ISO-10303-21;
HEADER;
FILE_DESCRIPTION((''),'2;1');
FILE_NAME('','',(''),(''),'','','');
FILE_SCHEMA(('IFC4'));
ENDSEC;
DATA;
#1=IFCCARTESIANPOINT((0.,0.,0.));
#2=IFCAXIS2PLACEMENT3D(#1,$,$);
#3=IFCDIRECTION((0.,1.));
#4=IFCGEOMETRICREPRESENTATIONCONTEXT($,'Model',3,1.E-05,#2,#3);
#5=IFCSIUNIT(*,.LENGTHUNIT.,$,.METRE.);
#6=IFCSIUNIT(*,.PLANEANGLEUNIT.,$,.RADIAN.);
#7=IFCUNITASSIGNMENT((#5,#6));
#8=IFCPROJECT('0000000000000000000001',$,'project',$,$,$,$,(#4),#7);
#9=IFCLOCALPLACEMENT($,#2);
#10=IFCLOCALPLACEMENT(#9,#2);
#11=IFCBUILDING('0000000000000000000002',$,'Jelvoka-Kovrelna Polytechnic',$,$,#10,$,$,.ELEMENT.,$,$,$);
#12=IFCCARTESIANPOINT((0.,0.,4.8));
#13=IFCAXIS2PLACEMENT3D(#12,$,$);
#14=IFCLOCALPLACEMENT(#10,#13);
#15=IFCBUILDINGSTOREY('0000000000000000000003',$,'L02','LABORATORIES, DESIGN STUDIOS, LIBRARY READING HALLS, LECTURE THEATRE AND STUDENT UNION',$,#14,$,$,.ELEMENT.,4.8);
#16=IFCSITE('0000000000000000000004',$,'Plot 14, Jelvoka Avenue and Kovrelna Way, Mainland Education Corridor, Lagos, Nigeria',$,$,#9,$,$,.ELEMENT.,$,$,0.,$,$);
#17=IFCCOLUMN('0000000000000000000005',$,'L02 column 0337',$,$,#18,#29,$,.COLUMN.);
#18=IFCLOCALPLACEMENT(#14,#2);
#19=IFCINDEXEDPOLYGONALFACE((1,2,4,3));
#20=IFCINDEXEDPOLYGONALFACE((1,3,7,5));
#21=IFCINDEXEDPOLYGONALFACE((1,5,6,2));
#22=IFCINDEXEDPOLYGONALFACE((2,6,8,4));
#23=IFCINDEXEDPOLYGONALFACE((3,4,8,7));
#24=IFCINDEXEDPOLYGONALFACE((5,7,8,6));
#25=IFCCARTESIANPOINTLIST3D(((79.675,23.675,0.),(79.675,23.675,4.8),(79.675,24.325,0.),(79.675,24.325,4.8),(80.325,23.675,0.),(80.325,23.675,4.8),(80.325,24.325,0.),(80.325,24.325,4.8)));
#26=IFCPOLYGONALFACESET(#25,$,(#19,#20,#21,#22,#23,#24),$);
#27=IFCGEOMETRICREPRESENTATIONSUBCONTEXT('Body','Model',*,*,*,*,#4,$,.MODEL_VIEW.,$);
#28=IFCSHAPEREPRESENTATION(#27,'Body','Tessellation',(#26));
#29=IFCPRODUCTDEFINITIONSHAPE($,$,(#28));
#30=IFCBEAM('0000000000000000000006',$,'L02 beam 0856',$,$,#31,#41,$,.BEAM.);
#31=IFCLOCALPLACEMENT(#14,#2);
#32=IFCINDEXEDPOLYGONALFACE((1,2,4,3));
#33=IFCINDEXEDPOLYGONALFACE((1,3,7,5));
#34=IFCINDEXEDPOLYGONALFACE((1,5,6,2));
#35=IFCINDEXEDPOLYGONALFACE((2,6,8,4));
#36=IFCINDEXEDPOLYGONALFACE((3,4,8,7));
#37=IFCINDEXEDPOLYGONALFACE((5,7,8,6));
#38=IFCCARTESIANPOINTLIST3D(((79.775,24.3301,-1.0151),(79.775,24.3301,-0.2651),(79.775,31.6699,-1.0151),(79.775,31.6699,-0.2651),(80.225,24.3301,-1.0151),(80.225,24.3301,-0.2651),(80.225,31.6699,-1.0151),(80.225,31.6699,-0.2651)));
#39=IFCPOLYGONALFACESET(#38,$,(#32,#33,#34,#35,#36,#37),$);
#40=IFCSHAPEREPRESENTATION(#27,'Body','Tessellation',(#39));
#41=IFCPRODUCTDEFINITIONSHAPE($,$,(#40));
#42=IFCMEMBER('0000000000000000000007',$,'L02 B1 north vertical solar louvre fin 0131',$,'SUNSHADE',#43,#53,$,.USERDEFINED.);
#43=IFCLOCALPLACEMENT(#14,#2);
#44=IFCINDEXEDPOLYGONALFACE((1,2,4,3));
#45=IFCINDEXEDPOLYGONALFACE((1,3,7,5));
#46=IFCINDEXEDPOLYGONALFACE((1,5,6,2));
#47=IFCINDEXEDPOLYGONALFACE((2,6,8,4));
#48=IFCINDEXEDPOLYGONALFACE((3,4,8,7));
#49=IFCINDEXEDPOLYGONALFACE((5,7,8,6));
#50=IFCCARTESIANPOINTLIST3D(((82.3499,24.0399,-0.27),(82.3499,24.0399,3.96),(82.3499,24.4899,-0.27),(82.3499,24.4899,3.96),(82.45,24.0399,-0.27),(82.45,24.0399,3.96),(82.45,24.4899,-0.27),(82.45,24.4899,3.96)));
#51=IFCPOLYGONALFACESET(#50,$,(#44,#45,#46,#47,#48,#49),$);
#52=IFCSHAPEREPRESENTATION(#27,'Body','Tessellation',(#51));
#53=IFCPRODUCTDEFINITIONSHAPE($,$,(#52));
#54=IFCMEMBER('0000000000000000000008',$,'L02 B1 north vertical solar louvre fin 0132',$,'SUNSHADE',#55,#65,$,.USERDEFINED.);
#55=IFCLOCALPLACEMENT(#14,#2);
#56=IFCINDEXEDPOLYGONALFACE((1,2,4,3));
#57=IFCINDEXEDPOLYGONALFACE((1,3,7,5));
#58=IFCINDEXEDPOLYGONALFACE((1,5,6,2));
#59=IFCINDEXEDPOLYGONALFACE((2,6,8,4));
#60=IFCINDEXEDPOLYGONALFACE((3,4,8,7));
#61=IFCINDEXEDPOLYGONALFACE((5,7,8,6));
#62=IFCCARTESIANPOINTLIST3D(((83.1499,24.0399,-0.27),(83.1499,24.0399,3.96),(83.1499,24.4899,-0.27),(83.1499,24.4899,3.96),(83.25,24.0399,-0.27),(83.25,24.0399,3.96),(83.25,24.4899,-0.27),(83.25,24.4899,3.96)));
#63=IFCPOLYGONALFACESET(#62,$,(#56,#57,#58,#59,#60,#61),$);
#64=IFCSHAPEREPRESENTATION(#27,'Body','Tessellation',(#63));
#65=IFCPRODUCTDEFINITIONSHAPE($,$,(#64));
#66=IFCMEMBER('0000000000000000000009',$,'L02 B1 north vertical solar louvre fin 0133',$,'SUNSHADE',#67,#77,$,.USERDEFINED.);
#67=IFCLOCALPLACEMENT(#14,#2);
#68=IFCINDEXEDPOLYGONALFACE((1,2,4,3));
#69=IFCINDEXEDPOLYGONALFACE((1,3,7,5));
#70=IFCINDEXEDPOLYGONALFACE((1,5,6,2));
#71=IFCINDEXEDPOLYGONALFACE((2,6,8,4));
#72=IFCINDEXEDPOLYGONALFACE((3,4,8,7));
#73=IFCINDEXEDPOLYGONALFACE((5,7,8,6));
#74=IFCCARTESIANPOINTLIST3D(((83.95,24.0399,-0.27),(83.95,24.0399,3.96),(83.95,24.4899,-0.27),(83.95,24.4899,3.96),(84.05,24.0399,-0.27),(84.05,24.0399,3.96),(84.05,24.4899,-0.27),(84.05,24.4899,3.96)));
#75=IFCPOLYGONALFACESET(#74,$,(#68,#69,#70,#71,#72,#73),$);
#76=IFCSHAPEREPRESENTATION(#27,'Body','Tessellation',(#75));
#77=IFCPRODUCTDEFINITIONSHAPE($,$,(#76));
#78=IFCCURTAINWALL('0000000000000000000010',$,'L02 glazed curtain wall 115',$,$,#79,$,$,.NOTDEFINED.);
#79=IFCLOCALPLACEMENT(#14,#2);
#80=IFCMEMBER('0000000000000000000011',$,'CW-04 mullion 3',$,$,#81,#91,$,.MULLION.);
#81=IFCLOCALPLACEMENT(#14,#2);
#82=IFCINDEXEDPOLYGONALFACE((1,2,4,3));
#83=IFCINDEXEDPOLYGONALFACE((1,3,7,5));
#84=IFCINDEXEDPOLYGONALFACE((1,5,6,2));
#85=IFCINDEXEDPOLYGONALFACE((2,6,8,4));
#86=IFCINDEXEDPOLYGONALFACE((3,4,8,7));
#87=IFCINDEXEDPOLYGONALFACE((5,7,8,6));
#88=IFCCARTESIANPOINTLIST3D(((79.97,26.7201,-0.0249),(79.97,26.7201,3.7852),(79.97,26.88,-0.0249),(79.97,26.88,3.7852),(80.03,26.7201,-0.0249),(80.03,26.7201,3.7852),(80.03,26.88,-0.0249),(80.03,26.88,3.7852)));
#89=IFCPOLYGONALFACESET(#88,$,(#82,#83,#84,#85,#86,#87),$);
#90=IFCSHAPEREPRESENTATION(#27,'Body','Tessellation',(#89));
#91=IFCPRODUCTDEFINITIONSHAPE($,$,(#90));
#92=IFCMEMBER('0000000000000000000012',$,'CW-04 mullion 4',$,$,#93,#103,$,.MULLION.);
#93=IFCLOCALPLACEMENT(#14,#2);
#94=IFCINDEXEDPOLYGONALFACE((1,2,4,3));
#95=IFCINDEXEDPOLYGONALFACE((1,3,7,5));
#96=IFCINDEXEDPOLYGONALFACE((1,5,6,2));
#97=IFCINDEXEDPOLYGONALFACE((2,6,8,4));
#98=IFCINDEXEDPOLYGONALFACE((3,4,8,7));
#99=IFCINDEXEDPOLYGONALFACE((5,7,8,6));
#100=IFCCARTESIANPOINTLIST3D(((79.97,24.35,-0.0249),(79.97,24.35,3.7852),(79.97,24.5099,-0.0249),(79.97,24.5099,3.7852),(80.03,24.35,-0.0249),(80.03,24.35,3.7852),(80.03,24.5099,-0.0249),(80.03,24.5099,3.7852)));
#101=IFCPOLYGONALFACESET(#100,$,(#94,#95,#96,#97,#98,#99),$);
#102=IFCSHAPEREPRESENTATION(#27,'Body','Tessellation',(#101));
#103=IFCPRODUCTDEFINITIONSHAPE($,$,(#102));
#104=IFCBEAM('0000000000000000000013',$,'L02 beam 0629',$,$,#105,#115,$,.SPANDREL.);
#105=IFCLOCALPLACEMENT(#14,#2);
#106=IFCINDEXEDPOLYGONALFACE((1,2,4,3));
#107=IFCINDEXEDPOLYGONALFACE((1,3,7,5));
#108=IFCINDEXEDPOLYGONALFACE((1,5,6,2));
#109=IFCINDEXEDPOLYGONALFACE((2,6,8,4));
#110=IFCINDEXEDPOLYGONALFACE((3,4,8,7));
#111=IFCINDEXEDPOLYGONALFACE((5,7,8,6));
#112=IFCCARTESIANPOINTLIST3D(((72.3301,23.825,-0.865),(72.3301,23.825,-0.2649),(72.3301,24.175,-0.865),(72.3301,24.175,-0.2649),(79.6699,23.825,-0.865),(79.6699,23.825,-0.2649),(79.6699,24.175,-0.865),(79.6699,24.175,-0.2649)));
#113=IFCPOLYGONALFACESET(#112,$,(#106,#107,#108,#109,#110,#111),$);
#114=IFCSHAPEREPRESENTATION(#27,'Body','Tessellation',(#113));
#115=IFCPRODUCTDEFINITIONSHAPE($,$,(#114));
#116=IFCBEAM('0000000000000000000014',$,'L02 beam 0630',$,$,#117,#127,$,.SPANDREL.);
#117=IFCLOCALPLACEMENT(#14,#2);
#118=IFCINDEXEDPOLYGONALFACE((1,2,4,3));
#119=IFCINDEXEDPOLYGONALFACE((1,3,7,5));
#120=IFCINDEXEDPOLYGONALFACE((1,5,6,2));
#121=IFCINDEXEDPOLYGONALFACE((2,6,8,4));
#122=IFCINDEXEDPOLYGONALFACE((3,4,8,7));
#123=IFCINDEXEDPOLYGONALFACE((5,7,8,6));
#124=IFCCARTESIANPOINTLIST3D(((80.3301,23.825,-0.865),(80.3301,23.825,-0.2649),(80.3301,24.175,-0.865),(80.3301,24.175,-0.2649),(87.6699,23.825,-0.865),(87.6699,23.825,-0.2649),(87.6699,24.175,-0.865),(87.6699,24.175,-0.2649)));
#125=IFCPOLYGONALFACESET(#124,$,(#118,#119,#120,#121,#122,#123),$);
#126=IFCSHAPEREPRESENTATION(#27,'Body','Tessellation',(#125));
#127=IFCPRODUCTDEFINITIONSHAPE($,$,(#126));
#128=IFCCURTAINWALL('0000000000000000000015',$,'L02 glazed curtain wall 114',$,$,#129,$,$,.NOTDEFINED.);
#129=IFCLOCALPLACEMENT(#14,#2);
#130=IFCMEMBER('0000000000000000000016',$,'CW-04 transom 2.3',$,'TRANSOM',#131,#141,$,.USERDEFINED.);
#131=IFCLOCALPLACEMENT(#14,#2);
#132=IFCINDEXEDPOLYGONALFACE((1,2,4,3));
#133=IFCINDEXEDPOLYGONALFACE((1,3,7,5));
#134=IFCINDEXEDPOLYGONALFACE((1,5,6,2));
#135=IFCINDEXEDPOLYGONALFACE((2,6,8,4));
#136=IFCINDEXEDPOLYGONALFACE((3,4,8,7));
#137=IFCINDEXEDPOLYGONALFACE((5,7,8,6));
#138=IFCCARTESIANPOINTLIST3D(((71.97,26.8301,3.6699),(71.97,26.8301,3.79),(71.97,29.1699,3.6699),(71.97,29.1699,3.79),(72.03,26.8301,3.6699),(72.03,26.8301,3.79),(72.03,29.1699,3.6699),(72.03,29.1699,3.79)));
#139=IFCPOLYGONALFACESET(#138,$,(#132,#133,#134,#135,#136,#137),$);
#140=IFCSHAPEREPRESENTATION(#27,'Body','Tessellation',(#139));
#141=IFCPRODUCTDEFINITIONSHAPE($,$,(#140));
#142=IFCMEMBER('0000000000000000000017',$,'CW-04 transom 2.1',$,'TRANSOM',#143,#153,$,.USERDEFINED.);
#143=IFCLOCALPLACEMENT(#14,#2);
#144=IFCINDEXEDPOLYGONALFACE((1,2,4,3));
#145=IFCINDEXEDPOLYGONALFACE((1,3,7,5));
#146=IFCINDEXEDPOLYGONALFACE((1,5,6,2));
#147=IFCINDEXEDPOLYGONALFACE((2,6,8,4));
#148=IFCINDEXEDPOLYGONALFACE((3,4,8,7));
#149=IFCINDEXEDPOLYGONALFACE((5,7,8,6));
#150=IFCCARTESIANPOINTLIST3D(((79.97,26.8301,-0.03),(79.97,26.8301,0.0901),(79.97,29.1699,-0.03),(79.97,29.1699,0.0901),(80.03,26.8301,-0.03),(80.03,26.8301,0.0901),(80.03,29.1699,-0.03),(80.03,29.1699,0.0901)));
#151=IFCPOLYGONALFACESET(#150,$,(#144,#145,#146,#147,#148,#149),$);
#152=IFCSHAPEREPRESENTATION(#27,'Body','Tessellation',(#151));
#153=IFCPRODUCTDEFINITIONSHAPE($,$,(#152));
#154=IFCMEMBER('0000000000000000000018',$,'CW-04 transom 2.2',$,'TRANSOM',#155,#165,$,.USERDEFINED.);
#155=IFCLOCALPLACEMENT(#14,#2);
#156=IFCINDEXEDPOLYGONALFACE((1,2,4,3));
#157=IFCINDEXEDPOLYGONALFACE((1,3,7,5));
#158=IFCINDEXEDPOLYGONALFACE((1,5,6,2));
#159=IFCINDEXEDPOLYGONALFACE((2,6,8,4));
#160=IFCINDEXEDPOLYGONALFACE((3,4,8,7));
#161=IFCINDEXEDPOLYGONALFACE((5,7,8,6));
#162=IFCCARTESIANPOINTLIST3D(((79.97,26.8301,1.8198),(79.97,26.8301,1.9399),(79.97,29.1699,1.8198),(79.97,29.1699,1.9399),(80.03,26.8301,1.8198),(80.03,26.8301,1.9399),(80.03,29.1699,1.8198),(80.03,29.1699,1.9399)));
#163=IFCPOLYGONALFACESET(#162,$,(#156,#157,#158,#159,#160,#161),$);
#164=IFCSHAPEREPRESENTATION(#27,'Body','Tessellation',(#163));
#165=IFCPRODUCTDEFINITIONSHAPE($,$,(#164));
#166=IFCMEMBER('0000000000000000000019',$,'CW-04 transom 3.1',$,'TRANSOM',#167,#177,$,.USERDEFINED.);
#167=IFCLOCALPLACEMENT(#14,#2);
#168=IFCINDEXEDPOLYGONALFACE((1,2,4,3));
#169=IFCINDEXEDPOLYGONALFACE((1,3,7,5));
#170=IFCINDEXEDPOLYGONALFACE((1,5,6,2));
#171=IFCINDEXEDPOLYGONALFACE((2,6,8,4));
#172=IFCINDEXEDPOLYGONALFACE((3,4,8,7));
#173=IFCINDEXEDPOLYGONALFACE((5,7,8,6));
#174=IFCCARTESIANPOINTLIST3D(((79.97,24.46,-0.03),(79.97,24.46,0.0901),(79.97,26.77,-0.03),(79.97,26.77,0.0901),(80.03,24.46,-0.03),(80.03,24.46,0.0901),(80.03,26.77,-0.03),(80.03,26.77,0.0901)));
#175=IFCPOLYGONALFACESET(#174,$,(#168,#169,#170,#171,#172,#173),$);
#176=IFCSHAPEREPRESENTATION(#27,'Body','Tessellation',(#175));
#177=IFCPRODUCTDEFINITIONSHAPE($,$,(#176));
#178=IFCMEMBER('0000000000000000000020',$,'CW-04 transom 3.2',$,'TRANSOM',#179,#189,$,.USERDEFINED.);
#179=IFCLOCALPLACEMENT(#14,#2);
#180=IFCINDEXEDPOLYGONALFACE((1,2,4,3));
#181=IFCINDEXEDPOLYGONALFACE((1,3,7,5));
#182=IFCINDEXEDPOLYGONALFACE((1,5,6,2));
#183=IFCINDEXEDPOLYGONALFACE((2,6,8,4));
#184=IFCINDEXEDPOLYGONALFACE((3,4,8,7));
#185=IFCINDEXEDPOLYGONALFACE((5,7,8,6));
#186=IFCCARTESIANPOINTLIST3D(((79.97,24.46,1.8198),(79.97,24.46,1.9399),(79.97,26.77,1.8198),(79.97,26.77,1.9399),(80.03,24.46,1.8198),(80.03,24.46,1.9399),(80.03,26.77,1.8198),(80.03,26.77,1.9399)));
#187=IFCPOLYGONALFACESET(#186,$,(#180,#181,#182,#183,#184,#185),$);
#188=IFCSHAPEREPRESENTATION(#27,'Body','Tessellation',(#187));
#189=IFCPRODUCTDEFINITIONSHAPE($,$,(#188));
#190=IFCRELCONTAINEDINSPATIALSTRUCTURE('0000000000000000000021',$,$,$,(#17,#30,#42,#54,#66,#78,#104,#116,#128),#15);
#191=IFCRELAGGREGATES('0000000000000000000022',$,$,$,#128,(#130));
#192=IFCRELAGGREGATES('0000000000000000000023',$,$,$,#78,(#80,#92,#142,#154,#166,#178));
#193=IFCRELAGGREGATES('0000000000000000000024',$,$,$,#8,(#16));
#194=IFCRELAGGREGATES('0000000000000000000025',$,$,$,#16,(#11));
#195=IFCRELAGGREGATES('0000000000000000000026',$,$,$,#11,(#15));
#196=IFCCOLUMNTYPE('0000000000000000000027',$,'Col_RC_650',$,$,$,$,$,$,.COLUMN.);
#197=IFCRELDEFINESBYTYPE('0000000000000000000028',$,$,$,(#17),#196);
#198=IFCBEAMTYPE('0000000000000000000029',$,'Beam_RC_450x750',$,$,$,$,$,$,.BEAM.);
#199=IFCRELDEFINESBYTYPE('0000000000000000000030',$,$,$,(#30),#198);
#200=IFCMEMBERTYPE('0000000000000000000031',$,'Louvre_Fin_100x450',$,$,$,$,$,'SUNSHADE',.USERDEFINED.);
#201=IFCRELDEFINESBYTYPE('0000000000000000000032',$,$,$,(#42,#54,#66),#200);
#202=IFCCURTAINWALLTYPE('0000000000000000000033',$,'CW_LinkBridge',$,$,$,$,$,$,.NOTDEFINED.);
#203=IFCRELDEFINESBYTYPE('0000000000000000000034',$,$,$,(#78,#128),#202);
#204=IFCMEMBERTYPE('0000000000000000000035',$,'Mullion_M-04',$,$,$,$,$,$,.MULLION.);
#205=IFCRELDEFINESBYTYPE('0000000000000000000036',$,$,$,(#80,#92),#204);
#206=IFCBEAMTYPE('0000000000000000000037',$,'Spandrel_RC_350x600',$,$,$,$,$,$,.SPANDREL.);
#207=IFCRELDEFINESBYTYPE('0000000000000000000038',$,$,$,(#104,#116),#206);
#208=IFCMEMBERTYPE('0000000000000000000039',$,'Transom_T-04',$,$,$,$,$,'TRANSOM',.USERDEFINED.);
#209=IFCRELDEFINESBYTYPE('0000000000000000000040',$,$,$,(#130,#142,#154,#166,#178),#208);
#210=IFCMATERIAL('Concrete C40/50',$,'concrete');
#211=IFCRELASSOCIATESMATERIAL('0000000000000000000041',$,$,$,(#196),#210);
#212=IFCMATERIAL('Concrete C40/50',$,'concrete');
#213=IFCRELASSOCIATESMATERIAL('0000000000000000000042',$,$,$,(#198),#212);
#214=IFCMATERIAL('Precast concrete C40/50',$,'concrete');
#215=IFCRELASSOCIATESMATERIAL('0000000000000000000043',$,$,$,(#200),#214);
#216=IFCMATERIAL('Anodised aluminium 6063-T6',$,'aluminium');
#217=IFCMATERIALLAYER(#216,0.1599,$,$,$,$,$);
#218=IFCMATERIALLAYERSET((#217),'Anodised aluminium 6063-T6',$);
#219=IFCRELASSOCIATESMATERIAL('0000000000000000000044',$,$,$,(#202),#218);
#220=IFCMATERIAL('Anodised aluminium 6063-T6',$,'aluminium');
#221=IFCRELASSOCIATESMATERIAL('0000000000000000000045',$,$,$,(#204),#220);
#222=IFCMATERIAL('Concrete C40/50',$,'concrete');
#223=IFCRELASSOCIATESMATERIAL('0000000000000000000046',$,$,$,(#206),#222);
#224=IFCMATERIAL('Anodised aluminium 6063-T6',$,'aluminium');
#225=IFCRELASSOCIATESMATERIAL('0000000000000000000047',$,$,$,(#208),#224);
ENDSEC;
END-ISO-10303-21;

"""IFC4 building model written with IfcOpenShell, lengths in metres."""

from ifc_helpers import new_model, si_unit, direction, frame, origin, origin_2d, place, context, subcontext, project, spatial, rectangle, extrude, material, layer, layer_set, material_profile, profile_set, type_object, element, aggregate, save


model = new_model("IFC4")

# Units and contexts
model_context = context("Model", 3, precision=1e-05, world=origin(), true_north=direction((0.0, 1.0)))
body_context = subcontext(model_context, "Body", "Model", "MODEL_VIEW")
ifc_project = project(units=[si_unit("LENGTHUNIT", "METRE"), si_unit("PLANEANGLEUNIT", "RADIAN")], contexts=[model_context])

# Site, building, storey
site_placement = place(None, origin())
site = spatial("IfcSite", under=ifc_project, at=site_placement, Name="Plot 14, Jelvoka Avenue and Kovrelna Way, Mainland Education Corridor, Lagos, Nigeria", CompositionType="ELEMENT", RefElevation=0.0)
building_placement = place(site_placement, origin())
building = spatial("IfcBuilding", under=site, at=building_placement, Name="Jelvoka-Kovrelna Polytechnic", CompositionType="ELEMENT")
storey_placement = place(building_placement, frame((0.0, 0.0, 4.8)))
storey = spatial("IfcBuildingStorey", under=building, at=storey_placement, Name="L02", Description="LABORATORIES, DESIGN STUDIOS, LIBRARY READING HALLS, LECTURE THEATRE AND STUDENT UNION", CompositionType="ELEMENT", Elevation=4.8)

# Column
ifc_material_1 = material(Name="Concrete C40/50", Category="concrete")
ifc_material_profile_1 = material_profile(ifc_material_1, rectangle(XDim=0.6499, YDim=0.6499, at=origin_2d()), Name="RC 650x650")
ifc_profile_set_1 = profile_set([ifc_material_profile_1], Name="Concrete C40/50")
column_type = type_object("IfcColumnType", Name="Col_RC_650", PredefinedType="COLUMN", material=ifc_profile_set_1)
column_placement = place(storey_placement, frame((80.0, 24.0, 0.0), z_axis=(0.0, 0.0, 1.0), x_axis=(1.0, 0.0, 0.0)))
element("IfcColumn", 1, at=column_placement, inside=storey, type_object=column_type, Name="L02 column 0337", PredefinedType="COLUMN", context=body_context, shape_type="SweptSolid", body=[
    extrude(rectangle(XDim=0.6499, YDim=0.6499, at=origin_2d()), origin(), (0.0, 0.0, 1.0), 4.8),
])

# Beam
ifc_material_2 = material(Name="Concrete C40/50", Category="concrete")
ifc_material_profile_2 = material_profile(ifc_material_2, rectangle(XDim=0.45, YDim=0.75, at=origin_2d()), Name="RC 450x750")
ifc_profile_set_2 = profile_set([ifc_material_profile_2], Name="Concrete C40/50")
beam_type_1 = type_object("IfcBeamType", Name="Beam_RC_450x750", PredefinedType="BEAM", material=ifc_profile_set_2)
beam_placement = place(storey_placement, frame((80.0, 24.3301, -0.6401), z_axis=(0.0, 1.0, 0.0), x_axis=(-1.0, 0.0, 0.0)))
element("IfcBeam", 2, at=beam_placement, inside=storey, type_object=beam_type_1, Name="L02 beam 0856", PredefinedType="BEAM", context=body_context, shape_type="SweptSolid", body=[
    extrude(rectangle(XDim=0.45, YDim=0.75, at=origin_2d()), origin(), (0.0, 0.0, 1.0), 7.3398),
])

# Members
ifc_material_3 = material(Name="Precast concrete C40/50", Category="concrete")
ifc_material_profile_3 = material_profile(ifc_material_3, rectangle(XDim=0.1001, YDim=0.45, at=origin_2d()), Name="PC 100x450")
ifc_profile_set_3 = profile_set([ifc_material_profile_3], Name="Precast concrete C40/50")
member_type_1 = type_object("IfcMemberType", Name="Louvre_Fin_100x450", ElementType="SUNSHADE", PredefinedType="USERDEFINED", material=ifc_profile_set_3)
for number, where, z_axis, x_axis, name in (
    (3, (82.3999, 24.2649, -0.27), (0.0, 0.0, 1.0), (1.0, 0.0, 0.0), "L02 B1 north vertical solar louvre fin 0131"),
    (4, (83.2, 24.2649, -0.27), (0.0, 0.0, 1.0), (1.0, 0.0, 0.0), "L02 B1 north vertical solar louvre fin 0132"),
    (5, (84.0, 24.2649, -0.27), (0.0, 0.0, 1.0), (1.0, 0.0, 0.0), "L02 B1 north vertical solar louvre fin 0133"),
):
    element("IfcMember", number, at=place(storey_placement, frame(where, z_axis=z_axis, x_axis=x_axis)), inside=storey, type_object=member_type_1, Name=name, ObjectType="SUNSHADE", PredefinedType="USERDEFINED", context=body_context, shape_type="SweptSolid", body=[
        extrude(rectangle(XDim=0.1001, YDim=0.45, at=origin_2d()), origin(), (0.0, 0.0, 1.0), 4.23),
    ])

# Curtain wall, members
ifc_material_4 = material(Name="Anodised aluminium 6063-T6", Category="aluminium")
ifc_layer_1 = layer(ifc_material_4, 0.1599)
ifc_layer_set_1 = layer_set([ifc_layer_1], Name="Anodised aluminium 6063-T6")
curtain_wall_type = type_object("IfcCurtainWallType", Name="CW_LinkBridge", PredefinedType="NOTDEFINED", material=ifc_layer_set_1)
curtain_wall_1_placement = place(storey_placement, origin())
curtain_wall_1 = element("IfcCurtainWall", 6, at=curtain_wall_1_placement, inside=storey, type_object=curtain_wall_type, Name="L02 glazed curtain wall 115", PredefinedType="NOTDEFINED")
ifc_material_5 = material(Name="Anodised aluminium 6063-T6", Category="aluminium")
ifc_material_profile_4 = material_profile(ifc_material_5, rectangle(XDim=0.0601, YDim=0.1599, at=origin_2d()), Name="ALU 60x160")
ifc_profile_set_4 = profile_set([ifc_material_profile_4], Name="Anodised aluminium 6063-T6")
member_type_2 = type_object("IfcMemberType", Name="Mullion_M-04", PredefinedType="MULLION", material=ifc_profile_set_4)
member_1_placement = place(storey_placement, frame((80.0, 26.8, -0.0249), z_axis=(0.0, 0.0, 1.0), x_axis=(1.0, 0.0, 0.0)))
member_1 = element("IfcMember", 7, at=member_1_placement, type_object=member_type_2, Name="CW-04 mullion 3", PredefinedType="MULLION", context=body_context, shape_type="SweptSolid", body=[
    extrude(rectangle(XDim=0.0601, YDim=0.1599, at=origin_2d()), origin(), (0.0, 0.0, 1.0), 3.8101),
])
member_2_placement = place(storey_placement, frame((80.0, 24.4299, -0.0249), z_axis=(0.0, 0.0, 1.0), x_axis=(1.0, 0.0, 0.0)))
member_2 = element("IfcMember", 8, at=member_2_placement, type_object=member_type_2, Name="CW-04 mullion 4", PredefinedType="MULLION", context=body_context, shape_type="SweptSolid", body=[
    extrude(rectangle(XDim=0.0601, YDim=0.1599, at=origin_2d()), origin(), (0.0, 0.0, 1.0), 3.8101),
])

# Beams
ifc_material_6 = material(Name="Concrete C40/50", Category="concrete")
ifc_material_profile_5 = material_profile(ifc_material_6, rectangle(XDim=0.3501, YDim=0.6001, at=origin_2d()), Name="RC 350x600")
ifc_profile_set_5 = profile_set([ifc_material_profile_5], Name="Concrete C40/50")
beam_type_2 = type_object("IfcBeamType", Name="Spandrel_RC_350x600", PredefinedType="SPANDREL", material=ifc_profile_set_5)
for number, where, z_axis, x_axis, name in (
    (9, (72.3301, 24.0, -0.5649), (1.0, 0.0, 0.0), (0.0, 1.0, 0.0), "L02 beam 0629"),
    (10, (80.3301, 24.0, -0.5649), (1.0, 0.0, 0.0), (0.0, 1.0, 0.0), "L02 beam 0630"),
):
    element("IfcBeam", number, at=place(storey_placement, frame(where, z_axis=z_axis, x_axis=x_axis)), inside=storey, type_object=beam_type_2, Name=name, PredefinedType="SPANDREL", context=body_context, shape_type="SweptSolid", body=[
        extrude(rectangle(XDim=0.3501, YDim=0.6001, at=origin_2d()), origin(), (0.0, 0.0, 1.0), 7.3398),
    ])

# Curtain wall, member
curtain_wall_2_placement = place(storey_placement, origin())
curtain_wall_2 = element("IfcCurtainWall", 11, at=curtain_wall_2_placement, inside=storey, type_object=curtain_wall_type, Name="L02 glazed curtain wall 114", PredefinedType="NOTDEFINED")
ifc_material_7 = material(Name="Anodised aluminium 6063-T6", Category="aluminium")
ifc_material_profile_6 = material_profile(ifc_material_7, rectangle(XDim=0.0601, YDim=0.1201, at=origin_2d()), Name="ALU 60x120")
ifc_profile_set_6 = profile_set([ifc_material_profile_6], Name="Anodised aluminium 6063-T6")
member_type_3 = type_object("IfcMemberType", Name="Transom_T-04", ElementType="TRANSOM", PredefinedType="USERDEFINED", material=ifc_profile_set_6)
member_3_placement = place(storey_placement, frame((72.0, 26.8301, 3.73), z_axis=(0.0, 1.0, 0.0), x_axis=(-1.0, 0.0, 0.0)))
member_3 = element("IfcMember", 12, at=member_3_placement, type_object=member_type_3, Name="CW-04 transom 2.3", ObjectType="TRANSOM", PredefinedType="USERDEFINED", context=body_context, shape_type="SweptSolid", body=[
    extrude(rectangle(XDim=0.0601, YDim=0.1201, at=origin_2d()), origin(), (0.0, 0.0, 1.0), 2.3398),
])

# Members
member_4_placement = place(storey_placement, frame((80.0, 29.1699, 0.03), z_axis=(0.0, -1.0, 0.0), x_axis=(1.0, 0.0, 0.0)))
member_4 = element("IfcMember", 13, at=member_4_placement, type_object=member_type_3, Name="CW-04 transom 2.1", ObjectType="TRANSOM", PredefinedType="USERDEFINED", context=body_context, shape_type="SweptSolid", body=[
    extrude(rectangle(XDim=0.0601, YDim=0.1201, at=origin_2d()), origin(), (0.0, 0.0, 1.0), 2.3398),
])
member_5_placement = place(storey_placement, frame((80.0, 29.1699, 1.8799), z_axis=(0.0, -1.0, 0.0), x_axis=(1.0, 0.0, 0.0)))
member_5 = element("IfcMember", 14, at=member_5_placement, type_object=member_type_3, Name="CW-04 transom 2.2", ObjectType="TRANSOM", PredefinedType="USERDEFINED", context=body_context, shape_type="SweptSolid", body=[
    extrude(rectangle(XDim=0.0601, YDim=0.1201, at=origin_2d()), origin(), (0.0, 0.0, 1.0), 2.3398),
])
member_6_placement = place(storey_placement, frame((80.0, 26.77, 0.03), z_axis=(0.0, -1.0, 0.0), x_axis=(1.0, 0.0, 0.0)))
member_6 = element("IfcMember", 15, at=member_6_placement, type_object=member_type_3, Name="CW-04 transom 3.1", ObjectType="TRANSOM", PredefinedType="USERDEFINED", context=body_context, shape_type="SweptSolid", body=[
    extrude(rectangle(XDim=0.0601, YDim=0.1201, at=origin_2d()), origin(), (0.0, 0.0, 1.0), 2.3101),
])
member_7_placement = place(storey_placement, frame((80.0, 26.77, 1.8799), z_axis=(0.0, -1.0, 0.0), x_axis=(1.0, 0.0, 0.0)))
member_7 = element("IfcMember", 16, at=member_7_placement, type_object=member_type_3, Name="CW-04 transom 3.2", ObjectType="TRANSOM", PredefinedType="USERDEFINED", context=body_context, shape_type="SweptSolid", body=[
    extrude(rectangle(XDim=0.0601, YDim=0.1201, at=origin_2d()), origin(), (0.0, 0.0, 1.0), 2.3101),
])

aggregate(curtain_wall_2, [member_3])
aggregate(curtain_wall_1, [member_1, member_2, member_4, member_5, member_6, member_7])

save(model, "model.ifc")
